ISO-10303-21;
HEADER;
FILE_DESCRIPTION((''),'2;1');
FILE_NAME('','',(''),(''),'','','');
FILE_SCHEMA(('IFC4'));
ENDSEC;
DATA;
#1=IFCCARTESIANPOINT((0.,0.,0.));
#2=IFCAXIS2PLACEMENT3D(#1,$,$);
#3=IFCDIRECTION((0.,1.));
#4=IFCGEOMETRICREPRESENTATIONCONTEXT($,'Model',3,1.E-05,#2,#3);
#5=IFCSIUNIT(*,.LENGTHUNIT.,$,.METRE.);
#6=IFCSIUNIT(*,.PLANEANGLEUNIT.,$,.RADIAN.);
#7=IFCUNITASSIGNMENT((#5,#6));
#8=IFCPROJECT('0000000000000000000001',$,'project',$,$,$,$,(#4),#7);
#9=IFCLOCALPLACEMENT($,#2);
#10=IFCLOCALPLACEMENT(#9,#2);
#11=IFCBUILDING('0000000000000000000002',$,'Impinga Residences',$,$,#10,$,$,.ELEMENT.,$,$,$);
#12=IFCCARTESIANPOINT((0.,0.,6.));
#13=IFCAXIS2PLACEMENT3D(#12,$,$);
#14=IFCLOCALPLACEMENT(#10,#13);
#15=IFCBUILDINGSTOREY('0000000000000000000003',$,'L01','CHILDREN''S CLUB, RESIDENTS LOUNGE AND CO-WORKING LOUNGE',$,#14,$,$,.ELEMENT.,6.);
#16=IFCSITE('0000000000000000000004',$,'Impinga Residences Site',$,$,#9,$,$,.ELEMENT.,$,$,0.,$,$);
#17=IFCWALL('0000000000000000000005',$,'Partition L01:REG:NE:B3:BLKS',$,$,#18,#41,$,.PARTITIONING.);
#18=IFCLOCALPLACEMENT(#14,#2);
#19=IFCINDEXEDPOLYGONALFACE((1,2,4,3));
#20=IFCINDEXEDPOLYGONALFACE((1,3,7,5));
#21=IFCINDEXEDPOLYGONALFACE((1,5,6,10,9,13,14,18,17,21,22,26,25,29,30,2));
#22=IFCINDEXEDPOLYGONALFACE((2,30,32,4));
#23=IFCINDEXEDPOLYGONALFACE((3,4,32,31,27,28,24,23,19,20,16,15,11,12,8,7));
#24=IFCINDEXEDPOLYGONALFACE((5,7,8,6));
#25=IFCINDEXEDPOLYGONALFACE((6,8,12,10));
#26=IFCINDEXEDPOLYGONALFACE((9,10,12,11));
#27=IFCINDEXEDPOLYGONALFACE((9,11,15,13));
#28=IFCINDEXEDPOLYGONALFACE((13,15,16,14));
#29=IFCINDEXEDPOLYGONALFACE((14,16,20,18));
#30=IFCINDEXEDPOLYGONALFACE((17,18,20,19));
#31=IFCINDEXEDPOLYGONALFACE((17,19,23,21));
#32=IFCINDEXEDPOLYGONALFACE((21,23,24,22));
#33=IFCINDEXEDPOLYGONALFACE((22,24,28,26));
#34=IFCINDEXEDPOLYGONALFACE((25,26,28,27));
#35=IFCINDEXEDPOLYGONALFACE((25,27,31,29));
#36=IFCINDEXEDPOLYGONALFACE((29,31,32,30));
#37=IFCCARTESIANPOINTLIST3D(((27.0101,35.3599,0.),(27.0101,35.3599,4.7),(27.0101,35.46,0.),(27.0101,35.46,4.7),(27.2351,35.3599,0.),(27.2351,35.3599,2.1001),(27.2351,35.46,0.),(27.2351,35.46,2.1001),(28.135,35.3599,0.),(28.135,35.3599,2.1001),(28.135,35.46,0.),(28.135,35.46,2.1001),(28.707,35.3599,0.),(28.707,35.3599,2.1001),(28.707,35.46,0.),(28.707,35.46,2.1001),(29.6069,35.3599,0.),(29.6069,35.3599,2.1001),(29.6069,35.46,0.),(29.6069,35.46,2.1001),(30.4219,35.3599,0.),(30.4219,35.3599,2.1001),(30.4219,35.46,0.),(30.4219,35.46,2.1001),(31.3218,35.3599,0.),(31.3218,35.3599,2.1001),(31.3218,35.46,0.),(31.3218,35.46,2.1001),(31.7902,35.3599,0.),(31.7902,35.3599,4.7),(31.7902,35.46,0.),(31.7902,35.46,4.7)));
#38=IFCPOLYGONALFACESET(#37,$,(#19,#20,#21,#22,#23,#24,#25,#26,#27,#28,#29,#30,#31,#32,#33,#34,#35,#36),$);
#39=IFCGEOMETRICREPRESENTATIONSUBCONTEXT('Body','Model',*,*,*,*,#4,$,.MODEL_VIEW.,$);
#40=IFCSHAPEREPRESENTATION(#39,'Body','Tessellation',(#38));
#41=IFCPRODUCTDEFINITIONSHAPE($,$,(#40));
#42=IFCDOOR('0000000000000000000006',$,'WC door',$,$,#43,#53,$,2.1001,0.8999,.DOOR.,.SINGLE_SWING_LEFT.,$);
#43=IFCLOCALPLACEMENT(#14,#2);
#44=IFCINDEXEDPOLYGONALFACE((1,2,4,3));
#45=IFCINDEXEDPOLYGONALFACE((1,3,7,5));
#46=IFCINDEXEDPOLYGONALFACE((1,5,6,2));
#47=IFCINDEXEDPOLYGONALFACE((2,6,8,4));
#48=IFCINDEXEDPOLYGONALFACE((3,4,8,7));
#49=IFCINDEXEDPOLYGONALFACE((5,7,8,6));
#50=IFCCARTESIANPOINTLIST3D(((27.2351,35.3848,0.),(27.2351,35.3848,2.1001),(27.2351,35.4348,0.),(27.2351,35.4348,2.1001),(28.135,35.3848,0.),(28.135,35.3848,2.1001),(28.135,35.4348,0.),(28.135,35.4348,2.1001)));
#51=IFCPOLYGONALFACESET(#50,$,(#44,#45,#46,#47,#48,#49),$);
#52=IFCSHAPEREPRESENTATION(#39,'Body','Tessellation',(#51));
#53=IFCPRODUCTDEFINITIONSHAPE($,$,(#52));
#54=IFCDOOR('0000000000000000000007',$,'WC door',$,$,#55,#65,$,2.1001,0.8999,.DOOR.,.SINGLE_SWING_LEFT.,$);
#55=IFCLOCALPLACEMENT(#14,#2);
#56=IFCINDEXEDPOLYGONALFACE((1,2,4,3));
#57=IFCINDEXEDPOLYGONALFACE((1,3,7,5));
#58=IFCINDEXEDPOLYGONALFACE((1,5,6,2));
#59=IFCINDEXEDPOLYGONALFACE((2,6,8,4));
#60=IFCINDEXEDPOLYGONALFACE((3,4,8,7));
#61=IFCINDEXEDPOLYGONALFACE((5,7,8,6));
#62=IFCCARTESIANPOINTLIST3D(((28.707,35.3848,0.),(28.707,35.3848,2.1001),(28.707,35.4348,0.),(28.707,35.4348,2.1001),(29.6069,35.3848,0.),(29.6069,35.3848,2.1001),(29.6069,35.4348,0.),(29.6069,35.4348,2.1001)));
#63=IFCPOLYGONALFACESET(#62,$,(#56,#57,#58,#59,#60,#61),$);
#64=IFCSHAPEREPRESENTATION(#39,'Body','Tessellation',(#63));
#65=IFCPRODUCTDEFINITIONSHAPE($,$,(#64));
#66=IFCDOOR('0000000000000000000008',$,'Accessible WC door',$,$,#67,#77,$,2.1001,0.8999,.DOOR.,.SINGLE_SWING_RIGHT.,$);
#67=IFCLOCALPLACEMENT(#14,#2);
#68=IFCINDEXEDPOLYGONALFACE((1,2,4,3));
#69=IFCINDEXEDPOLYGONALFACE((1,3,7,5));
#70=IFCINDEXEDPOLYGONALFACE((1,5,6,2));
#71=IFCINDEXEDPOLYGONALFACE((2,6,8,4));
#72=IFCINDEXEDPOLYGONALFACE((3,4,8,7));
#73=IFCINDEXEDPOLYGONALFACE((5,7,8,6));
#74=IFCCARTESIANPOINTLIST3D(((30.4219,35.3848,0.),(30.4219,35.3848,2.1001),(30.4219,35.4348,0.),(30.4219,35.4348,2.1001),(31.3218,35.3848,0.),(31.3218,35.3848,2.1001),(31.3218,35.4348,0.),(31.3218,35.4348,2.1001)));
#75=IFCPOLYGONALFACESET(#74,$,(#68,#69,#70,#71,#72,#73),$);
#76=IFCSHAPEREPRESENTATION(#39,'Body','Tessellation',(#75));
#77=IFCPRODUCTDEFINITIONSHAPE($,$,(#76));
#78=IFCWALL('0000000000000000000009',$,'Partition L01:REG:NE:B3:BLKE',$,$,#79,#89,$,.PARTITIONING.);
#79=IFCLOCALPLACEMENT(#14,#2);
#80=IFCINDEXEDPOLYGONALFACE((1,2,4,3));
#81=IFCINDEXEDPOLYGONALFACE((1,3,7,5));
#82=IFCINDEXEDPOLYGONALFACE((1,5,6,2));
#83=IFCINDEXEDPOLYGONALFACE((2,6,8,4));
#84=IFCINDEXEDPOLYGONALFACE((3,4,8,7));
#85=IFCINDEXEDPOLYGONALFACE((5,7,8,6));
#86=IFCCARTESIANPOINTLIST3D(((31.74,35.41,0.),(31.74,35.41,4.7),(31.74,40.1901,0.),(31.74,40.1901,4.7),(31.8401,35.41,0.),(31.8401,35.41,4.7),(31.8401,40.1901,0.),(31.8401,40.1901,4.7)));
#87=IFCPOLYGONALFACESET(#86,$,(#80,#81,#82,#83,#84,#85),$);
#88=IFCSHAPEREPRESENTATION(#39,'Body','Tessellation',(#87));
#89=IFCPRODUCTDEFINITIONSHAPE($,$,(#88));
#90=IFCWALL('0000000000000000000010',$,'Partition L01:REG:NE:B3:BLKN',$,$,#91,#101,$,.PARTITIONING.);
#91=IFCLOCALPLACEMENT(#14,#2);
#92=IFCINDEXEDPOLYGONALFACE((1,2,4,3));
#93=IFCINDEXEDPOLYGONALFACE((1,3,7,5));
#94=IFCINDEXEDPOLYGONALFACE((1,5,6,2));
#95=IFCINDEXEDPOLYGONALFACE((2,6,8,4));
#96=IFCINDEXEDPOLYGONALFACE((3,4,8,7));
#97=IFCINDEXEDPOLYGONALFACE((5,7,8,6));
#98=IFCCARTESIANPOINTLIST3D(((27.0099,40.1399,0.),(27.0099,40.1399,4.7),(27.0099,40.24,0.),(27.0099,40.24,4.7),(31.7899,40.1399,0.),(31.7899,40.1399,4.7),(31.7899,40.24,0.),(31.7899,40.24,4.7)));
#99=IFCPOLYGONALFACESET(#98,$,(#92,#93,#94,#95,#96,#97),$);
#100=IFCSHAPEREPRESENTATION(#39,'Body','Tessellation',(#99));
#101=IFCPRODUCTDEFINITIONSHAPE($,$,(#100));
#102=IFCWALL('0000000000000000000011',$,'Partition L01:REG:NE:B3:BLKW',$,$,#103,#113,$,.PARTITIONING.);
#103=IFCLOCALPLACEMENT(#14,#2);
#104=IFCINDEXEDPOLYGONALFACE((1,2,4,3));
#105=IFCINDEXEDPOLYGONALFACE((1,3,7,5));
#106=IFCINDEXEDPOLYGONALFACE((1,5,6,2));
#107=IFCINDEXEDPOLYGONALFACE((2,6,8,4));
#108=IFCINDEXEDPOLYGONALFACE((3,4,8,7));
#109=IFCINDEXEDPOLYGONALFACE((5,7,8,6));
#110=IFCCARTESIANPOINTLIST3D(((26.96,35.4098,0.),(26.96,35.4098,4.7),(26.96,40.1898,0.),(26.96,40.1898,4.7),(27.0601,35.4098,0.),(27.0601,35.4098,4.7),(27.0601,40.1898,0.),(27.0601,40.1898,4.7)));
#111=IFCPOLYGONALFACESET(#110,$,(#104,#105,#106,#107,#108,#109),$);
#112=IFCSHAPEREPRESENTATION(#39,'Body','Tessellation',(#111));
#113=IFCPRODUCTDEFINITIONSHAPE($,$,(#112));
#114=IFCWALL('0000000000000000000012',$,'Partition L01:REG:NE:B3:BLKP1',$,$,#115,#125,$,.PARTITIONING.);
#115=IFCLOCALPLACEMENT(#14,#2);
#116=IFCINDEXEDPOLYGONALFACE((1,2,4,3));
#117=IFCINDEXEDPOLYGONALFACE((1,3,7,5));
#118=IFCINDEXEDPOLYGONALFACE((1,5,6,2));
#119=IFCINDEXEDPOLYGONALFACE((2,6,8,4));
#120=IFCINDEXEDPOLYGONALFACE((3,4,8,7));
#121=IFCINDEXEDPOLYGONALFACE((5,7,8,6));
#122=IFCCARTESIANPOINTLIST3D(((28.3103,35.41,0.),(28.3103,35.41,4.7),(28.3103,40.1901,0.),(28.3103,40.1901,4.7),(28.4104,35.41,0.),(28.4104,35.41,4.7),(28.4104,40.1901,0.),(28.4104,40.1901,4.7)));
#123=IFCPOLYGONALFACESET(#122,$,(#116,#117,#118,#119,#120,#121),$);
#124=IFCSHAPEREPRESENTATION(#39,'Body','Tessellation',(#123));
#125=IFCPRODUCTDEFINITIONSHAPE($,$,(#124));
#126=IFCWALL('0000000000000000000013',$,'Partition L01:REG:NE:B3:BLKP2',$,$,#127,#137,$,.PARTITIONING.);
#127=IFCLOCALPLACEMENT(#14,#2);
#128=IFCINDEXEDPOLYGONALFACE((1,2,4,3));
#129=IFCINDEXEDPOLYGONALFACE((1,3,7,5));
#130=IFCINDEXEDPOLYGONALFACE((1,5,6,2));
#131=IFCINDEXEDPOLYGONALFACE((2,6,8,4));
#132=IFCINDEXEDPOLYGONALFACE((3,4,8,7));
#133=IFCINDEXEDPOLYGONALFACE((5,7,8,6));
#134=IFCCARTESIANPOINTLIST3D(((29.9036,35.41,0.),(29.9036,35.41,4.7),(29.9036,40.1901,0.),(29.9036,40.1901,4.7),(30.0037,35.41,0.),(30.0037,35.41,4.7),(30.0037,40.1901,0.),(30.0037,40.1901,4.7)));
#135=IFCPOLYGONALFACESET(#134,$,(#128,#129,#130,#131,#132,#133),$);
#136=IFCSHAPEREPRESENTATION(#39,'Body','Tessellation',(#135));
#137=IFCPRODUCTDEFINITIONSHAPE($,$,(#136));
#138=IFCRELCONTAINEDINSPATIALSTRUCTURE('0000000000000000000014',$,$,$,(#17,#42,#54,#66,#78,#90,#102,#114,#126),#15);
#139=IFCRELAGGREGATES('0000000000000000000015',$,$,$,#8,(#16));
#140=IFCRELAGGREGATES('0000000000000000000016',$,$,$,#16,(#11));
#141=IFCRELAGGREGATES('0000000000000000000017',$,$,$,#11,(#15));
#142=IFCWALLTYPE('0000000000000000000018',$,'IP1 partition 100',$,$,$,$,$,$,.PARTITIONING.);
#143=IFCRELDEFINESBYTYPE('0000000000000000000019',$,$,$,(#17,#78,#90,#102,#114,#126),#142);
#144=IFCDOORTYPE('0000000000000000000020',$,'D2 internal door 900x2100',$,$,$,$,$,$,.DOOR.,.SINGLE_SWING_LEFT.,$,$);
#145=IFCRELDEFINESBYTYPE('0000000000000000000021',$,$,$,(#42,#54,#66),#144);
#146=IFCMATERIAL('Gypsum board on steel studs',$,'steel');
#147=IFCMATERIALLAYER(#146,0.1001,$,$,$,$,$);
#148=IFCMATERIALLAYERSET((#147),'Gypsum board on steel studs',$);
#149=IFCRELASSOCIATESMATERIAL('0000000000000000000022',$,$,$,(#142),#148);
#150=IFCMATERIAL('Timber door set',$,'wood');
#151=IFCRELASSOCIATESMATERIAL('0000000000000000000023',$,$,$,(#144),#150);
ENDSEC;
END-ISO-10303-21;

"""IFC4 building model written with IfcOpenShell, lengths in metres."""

from ifc_helpers import new_model, si_unit, direction, frame, frame_2d, origin, place, context, subcontext, project, spatial, rectangle, extrude, material, layer, layer_set, type_object, element, fill, save


model = new_model("IFC4")

# Units and contexts
model_context = context("Model", 3, precision=1e-05, world=origin(), true_north=direction((0.0, 1.0)))
body_context = subcontext(model_context, "Body", "Model", "MODEL_VIEW")
ifc_project = project(units=[si_unit("LENGTHUNIT", "METRE"), si_unit("PLANEANGLEUNIT", "RADIAN")], contexts=[model_context])

# Site, building, storey
site_placement = place(None, origin())
site = spatial("IfcSite", under=ifc_project, at=site_placement, Name="Impinga Residences Site", CompositionType="ELEMENT", RefElevation=0.0)
building_placement = place(site_placement, origin())
building = spatial("IfcBuilding", under=site, at=building_placement, Name="Impinga Residences", CompositionType="ELEMENT")
storey_placement = place(building_placement, frame((0.0, 0.0, 6.0)))
storey = spatial("IfcBuildingStorey", under=building, at=storey_placement, Name="L01", Description="CHILDREN'S CLUB, RESIDENTS LOUNGE AND CO-WORKING LOUNGE", CompositionType="ELEMENT", Elevation=6.0)

# Shared definitions
ifc_material_1 = material(Name="Gypsum board on steel studs", Category="steel")
ifc_layer = layer(ifc_material_1, 0.1001)
ifc_layer_set = layer_set([ifc_layer], Name="Gypsum board on steel studs")
wall_type = type_object("IfcWallType", Name="IP1 partition 100", PredefinedType="PARTITIONING", material=ifc_layer_set)

# Wall, openings, doors
wall_1_placement = place(storey_placement, frame((27.01, 35.4099, 0.0), z_axis=(0.0, 0.0, 1.0), x_axis=(1.0, 0.0, 0.0)))
wall_1 = element("IfcWall", 1, at=wall_1_placement, inside=storey, type_object=wall_type, Name="Partition L01:REG:NE:B3:BLKS", PredefinedType="PARTITIONING", context=body_context, shape_type="SweptSolid", body=[
    extrude(rectangle(XDim=4.78, YDim=0.1001, at=frame_2d((2.3901, 0.0))), origin(), (0.0, 0.0, 1.0), 4.7),
])
opening_1_placement = place(wall_1_placement, frame((0.2251, 0.0, 0.0)))
opening_1 = element("IfcOpeningElement", 2, at=opening_1_placement, cuts=wall_1, PredefinedType="OPENING", context=body_context, shape_type="SweptSolid", body=[
    extrude(rectangle(XDim=0.8999, YDim=2.1001, at=frame_2d((0.45, 1.05))), frame((0.0, 0.0601, 0.0), z_axis=(0.0, -1.0, 0.0), x_axis=(1.0, 0.0, 0.0)), (0.0, 0.0, 1.0), 0.1201),
])
opening_2_placement = place(wall_1_placement, frame((1.697, 0.0, 0.0)))
opening_2 = element("IfcOpeningElement", 3, at=opening_2_placement, cuts=wall_1, PredefinedType="OPENING", context=body_context, shape_type="SweptSolid", body=[
    extrude(rectangle(XDim=0.8999, YDim=2.1001, at=frame_2d((0.45, 1.05))), frame((0.0, 0.0601, 0.0), z_axis=(0.0, -1.0, 0.0), x_axis=(1.0, 0.0, 0.0)), (0.0, 0.0, 1.0), 0.1201),
])
opening_3_placement = place(wall_1_placement, frame((3.4119, 0.0, 0.0)))
opening_3 = element("IfcOpeningElement", 4, at=opening_3_placement, cuts=wall_1, PredefinedType="OPENING", context=body_context, shape_type="SweptSolid", body=[
    extrude(rectangle(XDim=0.8999, YDim=2.1001, at=frame_2d((0.45, 1.05))), frame((0.0, 0.0601, 0.0), z_axis=(0.0, -1.0, 0.0), x_axis=(1.0, 0.0, 0.0)), (0.0, 0.0, 1.0), 0.1201),
])
ifc_material_2 = material(Name="Timber door set", Category="wood")
door_type = type_object("IfcDoorType", Name="D2 internal door 900x2100", OperationType="SINGLE_SWING_LEFT", PredefinedType="DOOR", material=ifc_material_2)
door_1_placement = place(opening_1_placement, origin())
door_1 = element("IfcDoor", 5, at=door_1_placement, inside=storey, type_object=door_type, Name="WC door", OperationType="SINGLE_SWING_LEFT", OverallHeight=2.1001, OverallWidth=0.8999, PredefinedType="DOOR", context=body_context, shape_type="SweptSolid", body=[
    extrude(rectangle(XDim=0.8999, YDim=2.1001, at=frame_2d((0.45, 1.05))), frame((0.0, 0.0249, 0.0), z_axis=(0.0, -1.0, 0.0), x_axis=(1.0, 0.0, 0.0)), (0.0, 0.0, 1.0), 0.05),
])
fill(opening_1, door_1)
door_2_placement = place(opening_2_placement, origin())
door_2 = element("IfcDoor", 6, at=door_2_placement, inside=storey, type_object=door_type, Name="WC door", OperationType="SINGLE_SWING_LEFT", OverallHeight=2.1001, OverallWidth=0.8999, PredefinedType="DOOR", context=body_context, shape_type="SweptSolid", body=[
    extrude(rectangle(XDim=0.8999, YDim=2.1001, at=frame_2d((0.45, 1.05))), frame((0.0, 0.0249, 0.0), z_axis=(0.0, -1.0, 0.0), x_axis=(1.0, 0.0, 0.0)), (0.0, 0.0, 1.0), 0.05),
])
fill(opening_2, door_2)
door_3_placement = place(opening_3_placement, origin())
door_3 = element("IfcDoor", 7, at=door_3_placement, inside=storey, type_object=door_type, Name="Accessible WC door", OperationType="SINGLE_SWING_RIGHT", OverallHeight=2.1001, OverallWidth=0.8999, PredefinedType="DOOR", context=body_context, shape_type="SweptSolid", body=[
    extrude(rectangle(XDim=0.8999, YDim=2.1001, at=frame_2d((0.45, 1.05))), frame((0.0, 0.0249, 0.0), z_axis=(0.0, -1.0, 0.0), x_axis=(1.0, 0.0, 0.0)), (0.0, 0.0, 1.0), 0.05),
])
fill(opening_3, door_3)

# Walls
for number, where, z_axis, x_axis, name in (
    (8, (31.79, 35.4099, 0.0), (0.0, 0.0, 1.0), (0.0, 1.0, 0.0), "Partition L01:REG:NE:B3:BLKE"),
    (9, (31.79, 40.1899, 0.0), (0.0, 0.0, 1.0), (-1.0, 0.0, 0.0), "Partition L01:REG:NE:B3:BLKN"),
    (10, (27.01, 40.1899, 0.0), (0.0, 0.0, 1.0), (0.0, -1.0, 0.0), "Partition L01:REG:NE:B3:BLKW"),
    (11, (28.3604, 35.4099, 0.0), (0.0, 0.0, 1.0), (0.0, 1.0, 0.0), "Partition L01:REG:NE:B3:BLKP1"),
    (12, (29.9536, 35.4099, 0.0), (0.0, 0.0, 1.0), (0.0, 1.0, 0.0), "Partition L01:REG:NE:B3:BLKP2"),
):
    element("IfcWall", number, at=place(storey_placement, frame(where, z_axis=z_axis, x_axis=x_axis)), inside=storey, type_object=wall_type, Name=name, PredefinedType="PARTITIONING", context=body_context, shape_type="SweptSolid", body=[
        extrude(rectangle(XDim=4.78, YDim=0.1001, at=frame_2d((2.3901, 0.0))), origin(), (0.0, 0.0, 1.0), 4.7),
    ])

save(model, "model.ifc")
